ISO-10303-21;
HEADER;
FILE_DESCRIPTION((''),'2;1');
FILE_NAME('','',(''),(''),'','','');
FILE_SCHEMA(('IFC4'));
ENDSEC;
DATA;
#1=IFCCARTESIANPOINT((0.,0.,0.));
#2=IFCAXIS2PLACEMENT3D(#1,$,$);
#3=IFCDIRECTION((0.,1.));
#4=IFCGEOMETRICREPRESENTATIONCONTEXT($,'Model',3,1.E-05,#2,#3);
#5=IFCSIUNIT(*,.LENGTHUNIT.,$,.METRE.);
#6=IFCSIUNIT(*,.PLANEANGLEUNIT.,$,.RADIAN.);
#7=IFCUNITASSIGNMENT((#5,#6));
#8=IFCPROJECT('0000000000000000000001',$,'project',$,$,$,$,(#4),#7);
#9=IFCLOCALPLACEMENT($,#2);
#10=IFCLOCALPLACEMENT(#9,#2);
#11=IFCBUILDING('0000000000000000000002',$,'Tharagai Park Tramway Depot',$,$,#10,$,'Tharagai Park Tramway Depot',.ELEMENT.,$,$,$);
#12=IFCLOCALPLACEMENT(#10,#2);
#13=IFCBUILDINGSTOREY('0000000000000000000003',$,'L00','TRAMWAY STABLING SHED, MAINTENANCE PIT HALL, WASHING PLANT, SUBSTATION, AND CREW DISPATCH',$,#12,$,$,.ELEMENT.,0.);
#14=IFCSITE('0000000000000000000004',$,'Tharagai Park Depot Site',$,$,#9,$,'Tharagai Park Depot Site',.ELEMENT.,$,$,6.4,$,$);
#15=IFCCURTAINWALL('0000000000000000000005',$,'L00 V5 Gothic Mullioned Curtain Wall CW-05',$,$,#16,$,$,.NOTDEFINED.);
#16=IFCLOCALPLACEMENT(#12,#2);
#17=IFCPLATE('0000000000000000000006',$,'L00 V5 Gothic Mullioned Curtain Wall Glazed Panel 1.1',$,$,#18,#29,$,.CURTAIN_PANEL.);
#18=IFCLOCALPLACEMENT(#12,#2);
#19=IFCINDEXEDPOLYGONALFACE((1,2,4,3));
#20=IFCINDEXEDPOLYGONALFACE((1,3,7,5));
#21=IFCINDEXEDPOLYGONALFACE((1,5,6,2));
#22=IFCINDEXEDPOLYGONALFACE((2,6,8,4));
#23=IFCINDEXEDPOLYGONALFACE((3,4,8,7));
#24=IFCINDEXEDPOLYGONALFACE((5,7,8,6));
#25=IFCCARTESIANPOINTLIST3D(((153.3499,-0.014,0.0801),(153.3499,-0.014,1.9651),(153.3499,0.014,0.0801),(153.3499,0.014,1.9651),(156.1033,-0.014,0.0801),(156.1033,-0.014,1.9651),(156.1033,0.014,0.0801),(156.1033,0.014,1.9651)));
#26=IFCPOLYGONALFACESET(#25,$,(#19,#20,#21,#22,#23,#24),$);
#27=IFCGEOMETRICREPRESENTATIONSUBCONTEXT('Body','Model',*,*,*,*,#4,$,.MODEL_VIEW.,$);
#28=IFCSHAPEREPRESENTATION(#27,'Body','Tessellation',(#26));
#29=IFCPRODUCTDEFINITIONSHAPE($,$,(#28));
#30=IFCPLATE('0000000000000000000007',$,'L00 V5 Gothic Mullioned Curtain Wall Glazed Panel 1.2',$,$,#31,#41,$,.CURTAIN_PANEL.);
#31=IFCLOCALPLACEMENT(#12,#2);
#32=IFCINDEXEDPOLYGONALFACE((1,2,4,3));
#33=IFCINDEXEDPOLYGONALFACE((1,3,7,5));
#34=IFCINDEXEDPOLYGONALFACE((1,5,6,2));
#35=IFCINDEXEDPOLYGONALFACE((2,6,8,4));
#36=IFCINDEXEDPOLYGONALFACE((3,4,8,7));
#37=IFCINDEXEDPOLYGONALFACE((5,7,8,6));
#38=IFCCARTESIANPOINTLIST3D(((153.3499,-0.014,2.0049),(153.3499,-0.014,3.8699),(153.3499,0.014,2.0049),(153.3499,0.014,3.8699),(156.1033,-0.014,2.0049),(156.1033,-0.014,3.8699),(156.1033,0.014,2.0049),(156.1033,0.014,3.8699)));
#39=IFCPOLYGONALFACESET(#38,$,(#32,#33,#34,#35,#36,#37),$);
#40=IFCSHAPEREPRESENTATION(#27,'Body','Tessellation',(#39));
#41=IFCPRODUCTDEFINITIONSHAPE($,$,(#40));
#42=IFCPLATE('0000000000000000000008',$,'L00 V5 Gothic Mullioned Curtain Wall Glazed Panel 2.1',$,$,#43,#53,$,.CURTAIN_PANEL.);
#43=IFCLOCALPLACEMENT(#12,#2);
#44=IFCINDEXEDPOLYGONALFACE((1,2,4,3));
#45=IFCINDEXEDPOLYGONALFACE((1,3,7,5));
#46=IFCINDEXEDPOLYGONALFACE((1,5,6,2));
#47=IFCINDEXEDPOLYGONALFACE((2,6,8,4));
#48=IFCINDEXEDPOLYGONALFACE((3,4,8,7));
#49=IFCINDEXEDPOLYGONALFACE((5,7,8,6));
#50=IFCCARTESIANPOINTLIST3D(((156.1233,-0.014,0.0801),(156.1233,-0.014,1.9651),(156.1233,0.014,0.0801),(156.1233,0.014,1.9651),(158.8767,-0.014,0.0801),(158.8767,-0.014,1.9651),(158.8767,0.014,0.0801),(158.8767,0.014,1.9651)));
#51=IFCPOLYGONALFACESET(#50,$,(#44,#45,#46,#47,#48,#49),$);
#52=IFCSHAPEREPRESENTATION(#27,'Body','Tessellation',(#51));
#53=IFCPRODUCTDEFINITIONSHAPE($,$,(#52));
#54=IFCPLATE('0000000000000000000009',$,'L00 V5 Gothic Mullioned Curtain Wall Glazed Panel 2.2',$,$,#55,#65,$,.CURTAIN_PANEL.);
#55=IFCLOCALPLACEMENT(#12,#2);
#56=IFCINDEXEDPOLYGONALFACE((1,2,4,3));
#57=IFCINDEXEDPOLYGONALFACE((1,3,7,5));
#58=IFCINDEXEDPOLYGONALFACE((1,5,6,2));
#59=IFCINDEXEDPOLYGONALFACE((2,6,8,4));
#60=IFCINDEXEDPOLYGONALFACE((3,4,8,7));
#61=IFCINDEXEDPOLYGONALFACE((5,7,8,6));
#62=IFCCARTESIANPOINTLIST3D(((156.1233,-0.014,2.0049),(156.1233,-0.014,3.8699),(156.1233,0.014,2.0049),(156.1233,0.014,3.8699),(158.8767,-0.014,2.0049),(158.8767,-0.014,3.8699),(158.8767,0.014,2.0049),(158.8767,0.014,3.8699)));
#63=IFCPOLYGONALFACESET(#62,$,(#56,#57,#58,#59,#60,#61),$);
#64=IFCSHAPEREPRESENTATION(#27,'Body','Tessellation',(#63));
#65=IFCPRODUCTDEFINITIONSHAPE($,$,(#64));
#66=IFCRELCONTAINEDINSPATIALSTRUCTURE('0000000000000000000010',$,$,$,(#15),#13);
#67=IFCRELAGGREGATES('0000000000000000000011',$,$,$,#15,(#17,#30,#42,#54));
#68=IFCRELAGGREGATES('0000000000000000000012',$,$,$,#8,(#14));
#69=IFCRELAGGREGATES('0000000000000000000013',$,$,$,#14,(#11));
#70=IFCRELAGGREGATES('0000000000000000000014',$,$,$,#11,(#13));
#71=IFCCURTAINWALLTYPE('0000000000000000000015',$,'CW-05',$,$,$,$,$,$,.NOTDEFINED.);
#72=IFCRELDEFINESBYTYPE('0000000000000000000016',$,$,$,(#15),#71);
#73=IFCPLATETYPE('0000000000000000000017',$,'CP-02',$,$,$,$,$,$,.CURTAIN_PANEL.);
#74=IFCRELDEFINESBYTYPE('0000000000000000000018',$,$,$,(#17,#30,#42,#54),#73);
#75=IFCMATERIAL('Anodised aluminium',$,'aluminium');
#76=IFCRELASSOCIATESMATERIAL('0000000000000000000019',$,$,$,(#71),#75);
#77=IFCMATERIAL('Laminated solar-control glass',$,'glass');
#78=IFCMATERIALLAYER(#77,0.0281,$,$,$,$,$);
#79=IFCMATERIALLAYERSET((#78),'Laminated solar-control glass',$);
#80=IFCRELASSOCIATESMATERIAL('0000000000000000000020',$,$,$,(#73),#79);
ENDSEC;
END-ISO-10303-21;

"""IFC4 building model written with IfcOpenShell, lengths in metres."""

from ifc_helpers import new_model, si_unit, direction, frame, origin, origin_2d, place, context, subcontext, project, spatial, rectangle, extrude, material, layer, layer_set, type_object, element, aggregate, save


model = new_model("IFC4")

# Units and contexts
model_context = context("Model", 3, precision=1e-05, world=origin(), true_north=direction((0.0, 1.0)))
body_context = subcontext(model_context, "Body", "Model", "MODEL_VIEW")
ifc_project = project(units=[si_unit("LENGTHUNIT", "METRE"), si_unit("PLANEANGLEUNIT", "RADIAN")], contexts=[model_context])

# Site, building, storey
site_placement = place(None, origin())
site = spatial("IfcSite", under=ifc_project, at=site_placement, Name="Tharagai Park Depot Site", LongName="Tharagai Park Depot Site", CompositionType="ELEMENT", RefElevation=6.4)
building_placement = place(site_placement, origin())
building = spatial("IfcBuilding", under=site, at=building_placement, Name="Tharagai Park Tramway Depot", LongName="Tharagai Park Tramway Depot", CompositionType="ELEMENT")
storey_placement = place(building_placement, origin())
storey = spatial("IfcBuildingStorey", under=building, at=storey_placement, Name="L00", Description="TRAMWAY STABLING SHED, MAINTENANCE PIT HALL, WASHING PLANT, SUBSTATION, AND CREW DISPATCH", CompositionType="ELEMENT", Elevation=0.0)

# Curtain wall, plates
ifc_material_1 = material(Name="Anodised aluminium", Category="aluminium")
curtain_wall_type = type_object("IfcCurtainWallType", Name="CW-05", PredefinedType="NOTDEFINED", material=ifc_material_1)
curtain_wall_placement = place(storey_placement, origin())
curtain_wall = element("IfcCurtainWall", 1, at=curtain_wall_placement, inside=storey, type_object=curtain_wall_type, Name="L00 V5 Gothic Mullioned Curtain Wall CW-05", PredefinedType="NOTDEFINED")
ifc_material_2 = material(Name="Laminated solar-control glass", Category="glass")
ifc_layer = layer(ifc_material_2, 0.0281)
ifc_layer_set = layer_set([ifc_layer], Name="Laminated solar-control glass")
plate_type = type_object("IfcPlateType", Name="CP-02", PredefinedType="CURTAIN_PANEL", material=ifc_layer_set)
plate_1_placement = place(storey_placement, frame((154.7266, 0.0, 0.0801), z_axis=(0.0, 0.0, 1.0), x_axis=(1.0, 0.0, 0.0)))
plate_1 = element("IfcPlate", 2, at=plate_1_placement, type_object=plate_type, Name="L00 V5 Gothic Mullioned Curtain Wall Glazed Panel 1.1", PredefinedType="CURTAIN_PANEL", context=body_context, shape_type="SweptSolid", body=[
    extrude(rectangle(XDim=2.7534, YDim=0.0281, at=origin_2d()), origin(), (0.0, 0.0, 1.0), 1.885),
])
plate_2_placement = place(storey_placement, frame((154.7266, 0.0, 2.0049), z_axis=(0.0, 0.0, 1.0), x_axis=(1.0, 0.0, 0.0)))
plate_2 = element("IfcPlate", 3, at=plate_2_placement, type_object=plate_type, Name="L00 V5 Gothic Mullioned Curtain Wall Glazed Panel 1.2", PredefinedType="CURTAIN_PANEL", context=body_context, shape_type="SweptSolid", body=[
    extrude(rectangle(XDim=2.7534, YDim=0.0281, at=origin_2d()), origin(), (0.0, 0.0, 1.0), 1.865),
])
plate_3_placement = place(storey_placement, frame((157.5, 0.0, 0.0801), z_axis=(0.0, 0.0, 1.0), x_axis=(1.0, 0.0, 0.0)))
plate_3 = element("IfcPlate", 4, at=plate_3_placement, type_object=plate_type, Name="L00 V5 Gothic Mullioned Curtain Wall Glazed Panel 2.1", PredefinedType="CURTAIN_PANEL", context=body_context, shape_type="SweptSolid", body=[
    extrude(rectangle(XDim=2.7534, YDim=0.0281, at=origin_2d()), origin(), (0.0, 0.0, 1.0), 1.885),
])
plate_4_placement = place(storey_placement, frame((157.5, 0.0, 2.0049), z_axis=(0.0, 0.0, 1.0), x_axis=(1.0, 0.0, 0.0)))
plate_4 = element("IfcPlate", 5, at=plate_4_placement, type_object=plate_type, Name="L00 V5 Gothic Mullioned Curtain Wall Glazed Panel 2.2", PredefinedType="CURTAIN_PANEL", context=body_context, shape_type="SweptSolid", body=[
    extrude(rectangle(XDim=2.7534, YDim=0.0281, at=origin_2d()), origin(), (0.0, 0.0, 1.0), 1.865),
])
aggregate(curtain_wall, [plate_1, plate_2, plate_3, plate_4])

save(model, "model.ifc")
